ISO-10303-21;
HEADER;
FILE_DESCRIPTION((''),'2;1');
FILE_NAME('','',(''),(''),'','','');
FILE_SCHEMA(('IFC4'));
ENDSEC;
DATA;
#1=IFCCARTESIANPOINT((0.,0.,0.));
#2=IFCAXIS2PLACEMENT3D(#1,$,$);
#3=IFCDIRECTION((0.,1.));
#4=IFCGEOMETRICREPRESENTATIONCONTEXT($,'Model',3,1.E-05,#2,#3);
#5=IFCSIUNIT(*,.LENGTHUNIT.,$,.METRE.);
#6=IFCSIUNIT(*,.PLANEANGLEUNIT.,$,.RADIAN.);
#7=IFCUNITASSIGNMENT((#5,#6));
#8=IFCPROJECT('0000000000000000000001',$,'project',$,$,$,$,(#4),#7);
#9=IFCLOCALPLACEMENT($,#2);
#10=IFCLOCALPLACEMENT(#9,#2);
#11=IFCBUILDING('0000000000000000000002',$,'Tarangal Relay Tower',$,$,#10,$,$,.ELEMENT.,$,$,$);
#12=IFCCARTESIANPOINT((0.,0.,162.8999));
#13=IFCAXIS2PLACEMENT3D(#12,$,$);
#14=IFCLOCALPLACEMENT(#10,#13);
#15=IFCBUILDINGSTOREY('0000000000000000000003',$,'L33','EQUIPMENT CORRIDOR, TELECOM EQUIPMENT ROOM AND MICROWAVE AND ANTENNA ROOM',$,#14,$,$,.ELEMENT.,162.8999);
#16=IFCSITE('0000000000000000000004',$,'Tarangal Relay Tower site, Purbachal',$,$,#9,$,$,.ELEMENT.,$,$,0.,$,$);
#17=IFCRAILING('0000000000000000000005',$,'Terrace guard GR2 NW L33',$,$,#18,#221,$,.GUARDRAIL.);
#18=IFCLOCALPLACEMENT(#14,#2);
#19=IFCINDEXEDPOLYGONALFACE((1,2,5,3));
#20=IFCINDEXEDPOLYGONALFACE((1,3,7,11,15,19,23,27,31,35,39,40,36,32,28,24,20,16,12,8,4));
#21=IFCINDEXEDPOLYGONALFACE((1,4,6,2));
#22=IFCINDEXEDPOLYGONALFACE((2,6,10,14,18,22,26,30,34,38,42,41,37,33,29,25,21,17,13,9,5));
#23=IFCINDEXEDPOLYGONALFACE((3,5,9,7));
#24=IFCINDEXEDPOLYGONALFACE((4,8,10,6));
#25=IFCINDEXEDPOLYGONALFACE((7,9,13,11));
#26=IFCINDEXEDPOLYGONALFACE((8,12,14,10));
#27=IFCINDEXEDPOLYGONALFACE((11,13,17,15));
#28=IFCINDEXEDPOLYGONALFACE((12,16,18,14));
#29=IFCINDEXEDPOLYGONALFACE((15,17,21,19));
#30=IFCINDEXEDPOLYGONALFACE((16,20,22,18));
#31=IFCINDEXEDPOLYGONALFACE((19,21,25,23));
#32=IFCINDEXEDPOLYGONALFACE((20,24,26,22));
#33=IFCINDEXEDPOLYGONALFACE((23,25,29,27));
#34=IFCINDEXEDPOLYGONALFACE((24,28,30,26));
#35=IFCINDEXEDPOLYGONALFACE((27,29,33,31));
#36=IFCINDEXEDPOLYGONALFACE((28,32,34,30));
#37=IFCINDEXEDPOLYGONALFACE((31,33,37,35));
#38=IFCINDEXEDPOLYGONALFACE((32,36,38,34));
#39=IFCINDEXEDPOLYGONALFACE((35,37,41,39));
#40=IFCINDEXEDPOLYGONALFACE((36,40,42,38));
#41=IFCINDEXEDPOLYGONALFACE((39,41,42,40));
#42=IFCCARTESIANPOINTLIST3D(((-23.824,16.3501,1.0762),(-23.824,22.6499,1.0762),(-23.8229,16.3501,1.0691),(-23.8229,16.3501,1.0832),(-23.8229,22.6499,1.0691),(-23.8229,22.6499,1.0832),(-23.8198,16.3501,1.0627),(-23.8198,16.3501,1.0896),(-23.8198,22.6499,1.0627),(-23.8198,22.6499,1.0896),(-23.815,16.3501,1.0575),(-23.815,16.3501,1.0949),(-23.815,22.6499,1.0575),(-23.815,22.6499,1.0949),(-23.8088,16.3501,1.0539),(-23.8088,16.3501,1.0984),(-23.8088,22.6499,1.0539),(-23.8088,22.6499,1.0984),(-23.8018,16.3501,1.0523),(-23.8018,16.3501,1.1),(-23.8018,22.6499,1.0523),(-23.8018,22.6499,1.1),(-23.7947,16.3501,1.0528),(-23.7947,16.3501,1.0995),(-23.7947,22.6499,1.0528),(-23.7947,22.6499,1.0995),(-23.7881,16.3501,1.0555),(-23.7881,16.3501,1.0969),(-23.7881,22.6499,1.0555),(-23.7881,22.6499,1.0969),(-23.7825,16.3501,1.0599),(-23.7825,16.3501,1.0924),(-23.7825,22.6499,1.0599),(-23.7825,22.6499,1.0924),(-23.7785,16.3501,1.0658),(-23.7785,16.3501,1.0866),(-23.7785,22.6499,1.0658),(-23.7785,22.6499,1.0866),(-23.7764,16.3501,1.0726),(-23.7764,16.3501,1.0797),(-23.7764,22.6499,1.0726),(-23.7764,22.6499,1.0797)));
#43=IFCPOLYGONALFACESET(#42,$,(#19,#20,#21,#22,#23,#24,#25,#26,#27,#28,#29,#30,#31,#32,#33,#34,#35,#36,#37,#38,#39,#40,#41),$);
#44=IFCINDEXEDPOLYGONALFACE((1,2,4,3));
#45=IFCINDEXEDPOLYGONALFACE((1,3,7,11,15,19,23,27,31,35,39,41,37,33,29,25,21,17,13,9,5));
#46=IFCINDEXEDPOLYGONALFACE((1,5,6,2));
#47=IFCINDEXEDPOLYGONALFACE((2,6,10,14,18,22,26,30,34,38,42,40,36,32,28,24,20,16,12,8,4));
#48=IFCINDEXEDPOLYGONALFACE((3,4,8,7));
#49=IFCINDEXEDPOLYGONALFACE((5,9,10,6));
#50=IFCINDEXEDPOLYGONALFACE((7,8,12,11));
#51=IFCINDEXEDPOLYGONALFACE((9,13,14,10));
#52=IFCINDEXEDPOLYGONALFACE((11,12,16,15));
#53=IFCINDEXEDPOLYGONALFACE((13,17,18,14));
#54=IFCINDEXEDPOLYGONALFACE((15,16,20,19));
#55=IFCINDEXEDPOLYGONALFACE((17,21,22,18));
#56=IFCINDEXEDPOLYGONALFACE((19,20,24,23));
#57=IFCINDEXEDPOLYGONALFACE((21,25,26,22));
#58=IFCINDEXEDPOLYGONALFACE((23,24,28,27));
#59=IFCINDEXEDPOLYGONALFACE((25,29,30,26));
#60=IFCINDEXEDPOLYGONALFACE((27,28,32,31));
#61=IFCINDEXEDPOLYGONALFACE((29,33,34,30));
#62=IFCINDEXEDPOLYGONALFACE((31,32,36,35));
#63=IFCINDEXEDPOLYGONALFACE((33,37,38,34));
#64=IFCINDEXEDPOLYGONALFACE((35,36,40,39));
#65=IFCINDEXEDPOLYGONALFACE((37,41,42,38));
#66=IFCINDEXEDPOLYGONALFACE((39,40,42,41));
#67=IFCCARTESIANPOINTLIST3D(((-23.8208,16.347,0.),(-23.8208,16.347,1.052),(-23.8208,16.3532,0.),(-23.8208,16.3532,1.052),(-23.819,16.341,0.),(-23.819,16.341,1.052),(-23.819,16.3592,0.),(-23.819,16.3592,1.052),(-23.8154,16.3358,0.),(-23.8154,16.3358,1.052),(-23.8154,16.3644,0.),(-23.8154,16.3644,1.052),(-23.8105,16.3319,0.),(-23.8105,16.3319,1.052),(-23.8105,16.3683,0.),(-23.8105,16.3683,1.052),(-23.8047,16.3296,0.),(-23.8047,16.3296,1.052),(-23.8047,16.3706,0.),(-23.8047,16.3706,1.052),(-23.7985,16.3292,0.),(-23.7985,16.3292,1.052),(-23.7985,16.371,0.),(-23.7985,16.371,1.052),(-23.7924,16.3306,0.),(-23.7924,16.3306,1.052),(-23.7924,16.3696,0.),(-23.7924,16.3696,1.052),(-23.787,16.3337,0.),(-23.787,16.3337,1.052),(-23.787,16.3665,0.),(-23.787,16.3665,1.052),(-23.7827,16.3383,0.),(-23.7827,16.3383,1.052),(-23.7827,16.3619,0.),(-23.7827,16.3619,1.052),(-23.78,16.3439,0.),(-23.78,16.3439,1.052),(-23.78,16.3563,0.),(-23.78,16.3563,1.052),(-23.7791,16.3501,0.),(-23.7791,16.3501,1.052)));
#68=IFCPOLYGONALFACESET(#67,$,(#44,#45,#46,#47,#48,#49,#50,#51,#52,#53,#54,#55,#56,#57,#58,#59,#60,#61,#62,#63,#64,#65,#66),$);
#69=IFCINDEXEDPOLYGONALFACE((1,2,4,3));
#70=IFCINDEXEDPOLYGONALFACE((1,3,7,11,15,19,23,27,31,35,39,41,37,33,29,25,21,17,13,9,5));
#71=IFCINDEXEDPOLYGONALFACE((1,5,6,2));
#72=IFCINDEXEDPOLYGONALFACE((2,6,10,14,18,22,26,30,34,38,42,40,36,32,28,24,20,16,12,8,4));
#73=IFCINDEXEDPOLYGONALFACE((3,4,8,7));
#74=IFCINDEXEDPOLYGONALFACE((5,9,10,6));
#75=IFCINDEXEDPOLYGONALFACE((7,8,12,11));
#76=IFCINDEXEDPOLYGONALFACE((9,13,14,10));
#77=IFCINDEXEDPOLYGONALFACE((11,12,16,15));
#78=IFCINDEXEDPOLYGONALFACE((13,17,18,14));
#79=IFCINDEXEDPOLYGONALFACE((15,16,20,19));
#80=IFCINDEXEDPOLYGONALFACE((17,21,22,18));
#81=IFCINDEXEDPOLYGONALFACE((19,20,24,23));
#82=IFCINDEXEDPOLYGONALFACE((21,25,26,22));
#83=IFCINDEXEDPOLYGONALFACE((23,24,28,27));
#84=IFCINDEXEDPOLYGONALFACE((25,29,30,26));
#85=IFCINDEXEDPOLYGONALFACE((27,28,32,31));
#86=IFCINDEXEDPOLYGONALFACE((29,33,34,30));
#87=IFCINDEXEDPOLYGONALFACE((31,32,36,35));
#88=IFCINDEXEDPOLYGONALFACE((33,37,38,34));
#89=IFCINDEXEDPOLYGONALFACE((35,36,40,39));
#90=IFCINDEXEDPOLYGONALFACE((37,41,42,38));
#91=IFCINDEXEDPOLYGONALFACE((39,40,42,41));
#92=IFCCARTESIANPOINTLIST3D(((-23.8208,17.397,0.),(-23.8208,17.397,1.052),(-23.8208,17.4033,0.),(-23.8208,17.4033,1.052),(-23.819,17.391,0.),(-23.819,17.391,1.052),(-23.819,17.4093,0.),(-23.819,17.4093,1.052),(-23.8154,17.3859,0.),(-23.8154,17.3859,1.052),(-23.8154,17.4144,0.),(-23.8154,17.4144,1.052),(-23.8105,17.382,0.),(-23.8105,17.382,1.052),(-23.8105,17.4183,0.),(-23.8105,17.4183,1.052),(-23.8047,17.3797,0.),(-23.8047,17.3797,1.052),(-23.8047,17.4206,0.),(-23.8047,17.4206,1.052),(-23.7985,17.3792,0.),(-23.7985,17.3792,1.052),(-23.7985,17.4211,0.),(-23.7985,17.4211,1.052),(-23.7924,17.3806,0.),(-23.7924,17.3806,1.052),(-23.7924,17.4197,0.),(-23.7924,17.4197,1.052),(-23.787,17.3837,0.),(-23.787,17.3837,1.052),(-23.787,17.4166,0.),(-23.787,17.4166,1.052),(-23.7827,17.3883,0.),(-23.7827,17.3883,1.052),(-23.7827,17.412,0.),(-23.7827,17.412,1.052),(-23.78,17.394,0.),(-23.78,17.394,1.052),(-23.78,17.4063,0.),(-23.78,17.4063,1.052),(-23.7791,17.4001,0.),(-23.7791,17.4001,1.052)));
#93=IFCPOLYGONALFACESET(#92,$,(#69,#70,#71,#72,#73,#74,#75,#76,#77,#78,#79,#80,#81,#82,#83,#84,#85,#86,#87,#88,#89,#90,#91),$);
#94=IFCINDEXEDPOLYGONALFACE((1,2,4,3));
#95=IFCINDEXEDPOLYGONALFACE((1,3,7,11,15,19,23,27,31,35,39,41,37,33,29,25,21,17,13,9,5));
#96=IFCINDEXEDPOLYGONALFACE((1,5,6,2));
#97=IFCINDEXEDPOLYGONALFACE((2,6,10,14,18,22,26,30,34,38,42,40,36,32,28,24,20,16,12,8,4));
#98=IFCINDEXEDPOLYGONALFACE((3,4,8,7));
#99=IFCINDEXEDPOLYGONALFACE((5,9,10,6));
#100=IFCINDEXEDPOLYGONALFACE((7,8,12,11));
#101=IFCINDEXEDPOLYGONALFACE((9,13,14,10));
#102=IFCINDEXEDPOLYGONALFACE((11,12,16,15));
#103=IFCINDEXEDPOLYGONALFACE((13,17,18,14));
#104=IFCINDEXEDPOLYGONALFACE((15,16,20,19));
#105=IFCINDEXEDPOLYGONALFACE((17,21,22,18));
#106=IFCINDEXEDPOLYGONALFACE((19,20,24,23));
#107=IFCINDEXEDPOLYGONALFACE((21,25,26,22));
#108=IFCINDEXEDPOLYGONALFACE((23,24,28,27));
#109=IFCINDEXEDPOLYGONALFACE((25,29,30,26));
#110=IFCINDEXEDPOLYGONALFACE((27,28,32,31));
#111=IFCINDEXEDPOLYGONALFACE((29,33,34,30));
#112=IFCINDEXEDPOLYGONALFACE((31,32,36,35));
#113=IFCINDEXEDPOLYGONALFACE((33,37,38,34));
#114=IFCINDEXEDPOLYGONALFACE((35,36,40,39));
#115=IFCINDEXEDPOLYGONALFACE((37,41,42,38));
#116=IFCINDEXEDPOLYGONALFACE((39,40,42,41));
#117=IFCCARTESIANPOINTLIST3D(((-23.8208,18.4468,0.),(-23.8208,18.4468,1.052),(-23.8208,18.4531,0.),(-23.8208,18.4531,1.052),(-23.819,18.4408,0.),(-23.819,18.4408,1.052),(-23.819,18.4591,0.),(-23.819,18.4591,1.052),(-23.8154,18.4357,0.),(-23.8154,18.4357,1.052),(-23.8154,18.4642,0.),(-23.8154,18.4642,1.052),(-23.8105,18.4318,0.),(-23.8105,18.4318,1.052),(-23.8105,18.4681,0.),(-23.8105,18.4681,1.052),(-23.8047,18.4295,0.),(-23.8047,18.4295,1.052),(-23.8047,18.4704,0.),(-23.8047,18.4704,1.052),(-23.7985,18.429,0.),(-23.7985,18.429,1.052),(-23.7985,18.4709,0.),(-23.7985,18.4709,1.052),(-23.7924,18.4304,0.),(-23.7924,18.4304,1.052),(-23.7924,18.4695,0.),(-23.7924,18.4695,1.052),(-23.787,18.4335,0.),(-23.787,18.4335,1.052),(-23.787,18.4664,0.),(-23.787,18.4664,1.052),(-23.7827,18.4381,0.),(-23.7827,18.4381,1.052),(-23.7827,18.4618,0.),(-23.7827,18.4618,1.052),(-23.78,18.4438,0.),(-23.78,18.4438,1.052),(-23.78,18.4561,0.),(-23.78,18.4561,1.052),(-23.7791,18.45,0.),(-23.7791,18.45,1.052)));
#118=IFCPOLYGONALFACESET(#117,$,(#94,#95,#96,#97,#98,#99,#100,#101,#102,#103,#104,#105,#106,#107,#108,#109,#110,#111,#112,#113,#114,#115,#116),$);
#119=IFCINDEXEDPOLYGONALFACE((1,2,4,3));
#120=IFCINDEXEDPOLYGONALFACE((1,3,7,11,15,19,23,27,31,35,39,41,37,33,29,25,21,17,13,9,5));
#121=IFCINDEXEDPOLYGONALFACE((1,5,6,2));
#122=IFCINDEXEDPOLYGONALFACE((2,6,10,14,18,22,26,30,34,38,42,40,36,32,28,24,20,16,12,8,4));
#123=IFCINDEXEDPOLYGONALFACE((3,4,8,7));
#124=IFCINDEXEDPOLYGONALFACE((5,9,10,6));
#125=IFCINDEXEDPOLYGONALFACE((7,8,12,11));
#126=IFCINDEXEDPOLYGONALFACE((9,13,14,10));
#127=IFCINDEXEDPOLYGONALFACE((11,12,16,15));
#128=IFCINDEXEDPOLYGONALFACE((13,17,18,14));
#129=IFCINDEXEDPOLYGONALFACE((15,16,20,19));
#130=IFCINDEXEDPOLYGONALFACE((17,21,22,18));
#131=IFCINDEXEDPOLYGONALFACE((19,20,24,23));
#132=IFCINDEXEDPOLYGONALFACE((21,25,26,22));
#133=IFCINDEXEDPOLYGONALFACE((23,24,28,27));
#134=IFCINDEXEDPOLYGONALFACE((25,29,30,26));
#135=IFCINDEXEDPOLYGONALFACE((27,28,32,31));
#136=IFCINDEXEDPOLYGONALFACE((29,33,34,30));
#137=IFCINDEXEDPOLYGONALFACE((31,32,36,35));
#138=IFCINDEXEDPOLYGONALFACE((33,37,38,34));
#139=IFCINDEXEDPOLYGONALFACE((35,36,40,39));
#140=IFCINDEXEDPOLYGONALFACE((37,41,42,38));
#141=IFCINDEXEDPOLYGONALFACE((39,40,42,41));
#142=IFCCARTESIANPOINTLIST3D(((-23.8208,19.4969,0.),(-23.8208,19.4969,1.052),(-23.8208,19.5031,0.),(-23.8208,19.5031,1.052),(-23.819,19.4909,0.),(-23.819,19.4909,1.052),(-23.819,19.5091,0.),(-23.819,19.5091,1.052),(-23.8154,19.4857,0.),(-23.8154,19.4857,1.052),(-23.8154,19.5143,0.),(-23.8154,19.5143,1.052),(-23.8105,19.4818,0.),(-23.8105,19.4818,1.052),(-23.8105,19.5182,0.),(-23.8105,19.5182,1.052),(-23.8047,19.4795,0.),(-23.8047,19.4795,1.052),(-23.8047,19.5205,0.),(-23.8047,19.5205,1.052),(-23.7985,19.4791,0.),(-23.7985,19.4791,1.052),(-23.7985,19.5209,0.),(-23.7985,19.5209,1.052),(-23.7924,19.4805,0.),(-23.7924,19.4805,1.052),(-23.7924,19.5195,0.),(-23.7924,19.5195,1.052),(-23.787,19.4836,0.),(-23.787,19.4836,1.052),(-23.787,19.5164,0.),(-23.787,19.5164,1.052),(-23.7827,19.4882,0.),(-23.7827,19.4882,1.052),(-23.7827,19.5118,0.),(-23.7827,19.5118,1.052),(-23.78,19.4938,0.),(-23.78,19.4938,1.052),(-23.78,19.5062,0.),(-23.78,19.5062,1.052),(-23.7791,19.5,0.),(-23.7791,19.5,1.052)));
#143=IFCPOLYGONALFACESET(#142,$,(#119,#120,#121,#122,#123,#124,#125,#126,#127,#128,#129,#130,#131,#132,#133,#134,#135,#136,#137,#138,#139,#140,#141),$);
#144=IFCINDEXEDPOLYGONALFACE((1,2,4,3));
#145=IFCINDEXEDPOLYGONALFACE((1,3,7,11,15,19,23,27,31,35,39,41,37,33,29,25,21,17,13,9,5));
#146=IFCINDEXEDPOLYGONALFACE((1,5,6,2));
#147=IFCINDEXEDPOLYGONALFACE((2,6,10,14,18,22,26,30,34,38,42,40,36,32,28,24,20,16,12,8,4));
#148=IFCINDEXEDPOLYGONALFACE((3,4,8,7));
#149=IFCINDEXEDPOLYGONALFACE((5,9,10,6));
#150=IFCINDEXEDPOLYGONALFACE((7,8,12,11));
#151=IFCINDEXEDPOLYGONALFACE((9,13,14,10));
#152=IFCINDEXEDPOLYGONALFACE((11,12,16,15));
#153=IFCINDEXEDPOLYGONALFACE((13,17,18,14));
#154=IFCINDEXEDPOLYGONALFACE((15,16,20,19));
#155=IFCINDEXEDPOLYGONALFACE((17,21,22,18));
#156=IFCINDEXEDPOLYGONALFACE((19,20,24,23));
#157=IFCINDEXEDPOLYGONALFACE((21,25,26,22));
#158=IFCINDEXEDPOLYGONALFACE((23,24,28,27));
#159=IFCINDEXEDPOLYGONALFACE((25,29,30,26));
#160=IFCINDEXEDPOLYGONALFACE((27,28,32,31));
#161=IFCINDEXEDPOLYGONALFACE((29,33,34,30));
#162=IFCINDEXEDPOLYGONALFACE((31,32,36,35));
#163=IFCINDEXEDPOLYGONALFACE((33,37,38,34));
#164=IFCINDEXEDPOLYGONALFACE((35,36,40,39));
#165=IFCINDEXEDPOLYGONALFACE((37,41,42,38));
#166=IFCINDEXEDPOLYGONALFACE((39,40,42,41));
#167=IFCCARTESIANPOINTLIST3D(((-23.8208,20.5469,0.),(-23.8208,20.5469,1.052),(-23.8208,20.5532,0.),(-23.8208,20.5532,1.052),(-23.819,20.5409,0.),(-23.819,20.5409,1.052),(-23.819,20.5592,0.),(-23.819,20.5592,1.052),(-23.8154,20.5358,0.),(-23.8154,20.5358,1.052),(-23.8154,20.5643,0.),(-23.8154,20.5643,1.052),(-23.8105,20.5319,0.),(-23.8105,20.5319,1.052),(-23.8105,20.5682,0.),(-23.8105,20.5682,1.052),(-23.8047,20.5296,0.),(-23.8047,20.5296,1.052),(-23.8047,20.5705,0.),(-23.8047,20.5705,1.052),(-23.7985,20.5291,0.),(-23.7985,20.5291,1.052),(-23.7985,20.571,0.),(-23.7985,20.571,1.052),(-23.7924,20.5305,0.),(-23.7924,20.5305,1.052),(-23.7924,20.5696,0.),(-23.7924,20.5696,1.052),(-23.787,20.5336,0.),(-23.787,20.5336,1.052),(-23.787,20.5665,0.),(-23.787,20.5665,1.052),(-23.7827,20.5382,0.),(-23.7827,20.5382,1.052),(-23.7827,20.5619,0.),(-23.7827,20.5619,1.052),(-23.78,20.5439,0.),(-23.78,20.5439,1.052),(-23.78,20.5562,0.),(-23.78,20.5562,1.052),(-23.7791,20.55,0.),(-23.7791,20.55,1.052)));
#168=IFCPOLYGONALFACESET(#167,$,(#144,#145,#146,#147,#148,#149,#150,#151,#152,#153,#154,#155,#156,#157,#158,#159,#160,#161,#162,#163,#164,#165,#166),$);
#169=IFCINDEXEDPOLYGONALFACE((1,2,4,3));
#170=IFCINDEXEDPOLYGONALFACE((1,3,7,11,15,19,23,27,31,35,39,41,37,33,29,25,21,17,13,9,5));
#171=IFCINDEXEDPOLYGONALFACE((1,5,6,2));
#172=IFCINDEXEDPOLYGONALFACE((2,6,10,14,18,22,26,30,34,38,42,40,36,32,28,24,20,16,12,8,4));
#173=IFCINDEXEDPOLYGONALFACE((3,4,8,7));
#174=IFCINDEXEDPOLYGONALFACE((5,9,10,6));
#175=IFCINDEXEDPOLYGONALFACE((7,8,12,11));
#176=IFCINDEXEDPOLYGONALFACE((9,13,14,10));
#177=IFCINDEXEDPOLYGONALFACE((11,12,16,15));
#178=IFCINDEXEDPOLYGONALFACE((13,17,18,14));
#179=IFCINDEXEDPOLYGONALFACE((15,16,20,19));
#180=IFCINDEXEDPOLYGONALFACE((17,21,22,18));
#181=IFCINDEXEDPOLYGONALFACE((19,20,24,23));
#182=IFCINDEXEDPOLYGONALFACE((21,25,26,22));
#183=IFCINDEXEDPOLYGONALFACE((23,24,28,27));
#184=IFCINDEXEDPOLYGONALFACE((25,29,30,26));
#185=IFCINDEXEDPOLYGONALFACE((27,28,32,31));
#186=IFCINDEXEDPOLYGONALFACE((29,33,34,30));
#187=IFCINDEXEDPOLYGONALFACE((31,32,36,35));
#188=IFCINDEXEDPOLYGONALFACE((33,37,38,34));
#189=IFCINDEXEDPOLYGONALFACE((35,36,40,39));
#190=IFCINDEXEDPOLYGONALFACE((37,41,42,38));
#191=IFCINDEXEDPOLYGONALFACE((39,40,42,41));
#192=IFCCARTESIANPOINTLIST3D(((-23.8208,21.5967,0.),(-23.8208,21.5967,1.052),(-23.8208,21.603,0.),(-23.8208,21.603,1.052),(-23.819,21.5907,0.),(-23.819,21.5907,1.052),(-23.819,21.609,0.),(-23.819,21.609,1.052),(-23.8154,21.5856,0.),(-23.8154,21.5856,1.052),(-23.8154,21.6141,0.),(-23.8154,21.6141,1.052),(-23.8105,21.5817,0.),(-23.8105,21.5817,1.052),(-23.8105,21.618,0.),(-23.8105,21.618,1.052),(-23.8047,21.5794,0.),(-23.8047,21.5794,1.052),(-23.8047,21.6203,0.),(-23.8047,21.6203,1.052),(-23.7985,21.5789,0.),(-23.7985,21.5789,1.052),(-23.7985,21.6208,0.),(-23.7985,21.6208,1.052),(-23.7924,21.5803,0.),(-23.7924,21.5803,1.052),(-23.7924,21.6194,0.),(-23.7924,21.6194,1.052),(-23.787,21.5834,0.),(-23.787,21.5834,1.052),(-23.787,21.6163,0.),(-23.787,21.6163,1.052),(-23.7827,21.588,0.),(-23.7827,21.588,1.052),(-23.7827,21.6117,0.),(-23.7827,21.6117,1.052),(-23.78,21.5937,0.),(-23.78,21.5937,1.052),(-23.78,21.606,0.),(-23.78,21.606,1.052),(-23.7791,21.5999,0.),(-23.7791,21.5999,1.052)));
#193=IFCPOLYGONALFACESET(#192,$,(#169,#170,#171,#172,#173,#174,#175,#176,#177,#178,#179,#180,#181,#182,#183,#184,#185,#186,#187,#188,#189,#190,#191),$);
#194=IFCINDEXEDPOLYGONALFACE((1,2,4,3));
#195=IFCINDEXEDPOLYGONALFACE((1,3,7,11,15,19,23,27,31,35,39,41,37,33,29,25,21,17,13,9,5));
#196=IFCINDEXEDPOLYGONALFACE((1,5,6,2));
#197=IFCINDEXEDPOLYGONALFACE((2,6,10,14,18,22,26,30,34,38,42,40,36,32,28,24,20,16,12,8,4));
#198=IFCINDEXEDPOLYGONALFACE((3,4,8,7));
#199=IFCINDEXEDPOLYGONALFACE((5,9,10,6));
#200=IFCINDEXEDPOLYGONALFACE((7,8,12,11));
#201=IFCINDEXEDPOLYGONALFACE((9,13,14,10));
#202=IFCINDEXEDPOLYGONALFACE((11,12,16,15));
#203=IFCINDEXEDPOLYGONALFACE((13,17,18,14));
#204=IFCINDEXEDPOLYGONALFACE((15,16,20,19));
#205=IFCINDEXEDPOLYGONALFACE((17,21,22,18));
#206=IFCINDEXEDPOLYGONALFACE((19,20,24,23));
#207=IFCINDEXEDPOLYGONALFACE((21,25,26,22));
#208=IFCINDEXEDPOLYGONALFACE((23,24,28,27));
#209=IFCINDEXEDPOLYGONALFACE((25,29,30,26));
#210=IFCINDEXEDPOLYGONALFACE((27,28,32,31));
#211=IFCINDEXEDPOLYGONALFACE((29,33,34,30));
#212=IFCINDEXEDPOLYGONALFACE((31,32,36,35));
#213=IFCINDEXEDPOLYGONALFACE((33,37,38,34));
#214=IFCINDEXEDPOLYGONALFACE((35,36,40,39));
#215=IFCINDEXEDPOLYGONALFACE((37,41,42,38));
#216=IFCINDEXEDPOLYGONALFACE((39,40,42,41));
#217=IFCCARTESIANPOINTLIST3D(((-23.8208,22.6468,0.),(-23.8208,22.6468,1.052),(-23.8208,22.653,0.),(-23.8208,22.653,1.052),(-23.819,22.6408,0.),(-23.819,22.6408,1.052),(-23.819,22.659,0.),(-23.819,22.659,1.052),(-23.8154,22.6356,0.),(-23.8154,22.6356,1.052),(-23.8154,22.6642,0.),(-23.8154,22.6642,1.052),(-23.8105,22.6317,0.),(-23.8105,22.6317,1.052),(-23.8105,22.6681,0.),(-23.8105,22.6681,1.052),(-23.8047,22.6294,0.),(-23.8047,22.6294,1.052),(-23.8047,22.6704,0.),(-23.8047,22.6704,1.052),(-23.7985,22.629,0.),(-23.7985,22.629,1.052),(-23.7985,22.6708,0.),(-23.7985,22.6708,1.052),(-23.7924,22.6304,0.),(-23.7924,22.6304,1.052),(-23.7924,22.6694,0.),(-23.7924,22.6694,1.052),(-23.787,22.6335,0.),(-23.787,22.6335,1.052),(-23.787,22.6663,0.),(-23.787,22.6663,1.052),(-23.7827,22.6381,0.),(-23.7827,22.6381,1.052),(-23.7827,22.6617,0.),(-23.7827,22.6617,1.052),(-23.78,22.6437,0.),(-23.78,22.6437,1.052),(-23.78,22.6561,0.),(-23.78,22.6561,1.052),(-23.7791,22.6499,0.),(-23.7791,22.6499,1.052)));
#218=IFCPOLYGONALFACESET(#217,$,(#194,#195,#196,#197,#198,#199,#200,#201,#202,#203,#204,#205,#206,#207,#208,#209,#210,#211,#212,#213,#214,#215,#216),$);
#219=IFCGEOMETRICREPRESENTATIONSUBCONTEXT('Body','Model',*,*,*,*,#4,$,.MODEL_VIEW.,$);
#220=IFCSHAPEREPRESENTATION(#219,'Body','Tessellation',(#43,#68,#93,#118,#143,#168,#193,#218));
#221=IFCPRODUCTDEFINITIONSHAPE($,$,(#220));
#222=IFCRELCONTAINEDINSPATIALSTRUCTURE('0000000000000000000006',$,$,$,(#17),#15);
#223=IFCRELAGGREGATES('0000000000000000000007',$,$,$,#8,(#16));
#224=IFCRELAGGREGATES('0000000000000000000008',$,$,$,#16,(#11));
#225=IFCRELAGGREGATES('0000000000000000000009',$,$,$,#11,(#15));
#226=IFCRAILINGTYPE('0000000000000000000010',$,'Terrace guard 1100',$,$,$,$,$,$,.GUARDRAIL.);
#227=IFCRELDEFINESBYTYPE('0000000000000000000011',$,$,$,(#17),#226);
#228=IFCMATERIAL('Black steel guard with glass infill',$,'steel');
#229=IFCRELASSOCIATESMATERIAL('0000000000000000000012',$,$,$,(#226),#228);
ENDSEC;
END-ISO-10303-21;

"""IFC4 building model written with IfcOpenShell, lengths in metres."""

from ifc_helpers import new_model, si_unit, direction, frame, origin, origin_2d, place, context, subcontext, project, spatial, circle, extrude, material, type_object, element, save


model = new_model("IFC4")

# Units and contexts
model_context = context("Model", 3, precision=1e-05, world=origin(), true_north=direction((0.0, 1.0)))
body_context = subcontext(model_context, "Body", "Model", "MODEL_VIEW")
ifc_project = project(units=[si_unit("LENGTHUNIT", "METRE"), si_unit("PLANEANGLEUNIT", "RADIAN")], contexts=[model_context])

# Site, building, storey
site_placement = place(None, origin())
site = spatial("IfcSite", under=ifc_project, at=site_placement, Name="Tarangal Relay Tower site, Purbachal", CompositionType="ELEMENT", RefElevation=0.0)
building_placement = place(site_placement, origin())
building = spatial("IfcBuilding", under=site, at=building_placement, Name="Tarangal Relay Tower", CompositionType="ELEMENT")
storey_placement = place(building_placement, frame((0.0, 0.0, 162.8999)))
storey = spatial("IfcBuildingStorey", under=building, at=storey_placement, Name="L33", Description="EQUIPMENT CORRIDOR, TELECOM EQUIPMENT ROOM AND MICROWAVE AND ANTENNA ROOM", CompositionType="ELEMENT", Elevation=162.8999)

# Railing
ifc_material_1 = material(Name="Black steel guard with glass infill", Category="steel")
railing_type = type_object("IfcRailingType", Name="Terrace guard 1100", PredefinedType="GUARDRAIL", material=ifc_material_1)
railing_1_placement = place(storey_placement, frame((-23.8, 16.3501, 0.0)))
element("IfcRailing", 1, at=railing_1_placement, inside=storey, type_object=railing_type, Name="Terrace guard GR2 NW L33", PredefinedType="GUARDRAIL", context=body_context, shape_type="SweptSolid", body=[
    extrude(circle(Radius=0.0239, at=origin_2d()), frame((0.0, 0.0, 1.0762), z_axis=(0.0, 1.0, 0.0), x_axis=(-1.0, 0.0, 0.0)), (0.0, 0.0, 1.0), 6.2998),
    extrude(circle(Radius=0.021, at=origin_2d()), origin(), (0.0, 0.0, 1.0), 1.052),
    extrude(circle(Radius=0.021, at=origin_2d()), frame((0.0, 1.05, 0.0)), (0.0, 0.0, 1.0), 1.052),
    extrude(circle(Radius=0.021, at=origin_2d()), frame((0.0, 2.0999, 0.0)), (0.0, 0.0, 1.0), 1.052),
    extrude(circle(Radius=0.021, at=origin_2d()), frame((0.0, 3.1499, 0.0)), (0.0, 0.0, 1.0), 1.052),
    extrude(circle(Radius=0.021, at=origin_2d()), frame((0.0, 4.2, 0.0)), (0.0, 0.0, 1.0), 1.052),
    extrude(circle(Radius=0.021, at=origin_2d()), frame((0.0, 5.2498, 0.0)), (0.0, 0.0, 1.0), 1.052),
    extrude(circle(Radius=0.021, at=origin_2d()), frame((0.0, 6.2998, 0.0)), (0.0, 0.0, 1.0), 1.052),
])

save(model, "model.ifc")
